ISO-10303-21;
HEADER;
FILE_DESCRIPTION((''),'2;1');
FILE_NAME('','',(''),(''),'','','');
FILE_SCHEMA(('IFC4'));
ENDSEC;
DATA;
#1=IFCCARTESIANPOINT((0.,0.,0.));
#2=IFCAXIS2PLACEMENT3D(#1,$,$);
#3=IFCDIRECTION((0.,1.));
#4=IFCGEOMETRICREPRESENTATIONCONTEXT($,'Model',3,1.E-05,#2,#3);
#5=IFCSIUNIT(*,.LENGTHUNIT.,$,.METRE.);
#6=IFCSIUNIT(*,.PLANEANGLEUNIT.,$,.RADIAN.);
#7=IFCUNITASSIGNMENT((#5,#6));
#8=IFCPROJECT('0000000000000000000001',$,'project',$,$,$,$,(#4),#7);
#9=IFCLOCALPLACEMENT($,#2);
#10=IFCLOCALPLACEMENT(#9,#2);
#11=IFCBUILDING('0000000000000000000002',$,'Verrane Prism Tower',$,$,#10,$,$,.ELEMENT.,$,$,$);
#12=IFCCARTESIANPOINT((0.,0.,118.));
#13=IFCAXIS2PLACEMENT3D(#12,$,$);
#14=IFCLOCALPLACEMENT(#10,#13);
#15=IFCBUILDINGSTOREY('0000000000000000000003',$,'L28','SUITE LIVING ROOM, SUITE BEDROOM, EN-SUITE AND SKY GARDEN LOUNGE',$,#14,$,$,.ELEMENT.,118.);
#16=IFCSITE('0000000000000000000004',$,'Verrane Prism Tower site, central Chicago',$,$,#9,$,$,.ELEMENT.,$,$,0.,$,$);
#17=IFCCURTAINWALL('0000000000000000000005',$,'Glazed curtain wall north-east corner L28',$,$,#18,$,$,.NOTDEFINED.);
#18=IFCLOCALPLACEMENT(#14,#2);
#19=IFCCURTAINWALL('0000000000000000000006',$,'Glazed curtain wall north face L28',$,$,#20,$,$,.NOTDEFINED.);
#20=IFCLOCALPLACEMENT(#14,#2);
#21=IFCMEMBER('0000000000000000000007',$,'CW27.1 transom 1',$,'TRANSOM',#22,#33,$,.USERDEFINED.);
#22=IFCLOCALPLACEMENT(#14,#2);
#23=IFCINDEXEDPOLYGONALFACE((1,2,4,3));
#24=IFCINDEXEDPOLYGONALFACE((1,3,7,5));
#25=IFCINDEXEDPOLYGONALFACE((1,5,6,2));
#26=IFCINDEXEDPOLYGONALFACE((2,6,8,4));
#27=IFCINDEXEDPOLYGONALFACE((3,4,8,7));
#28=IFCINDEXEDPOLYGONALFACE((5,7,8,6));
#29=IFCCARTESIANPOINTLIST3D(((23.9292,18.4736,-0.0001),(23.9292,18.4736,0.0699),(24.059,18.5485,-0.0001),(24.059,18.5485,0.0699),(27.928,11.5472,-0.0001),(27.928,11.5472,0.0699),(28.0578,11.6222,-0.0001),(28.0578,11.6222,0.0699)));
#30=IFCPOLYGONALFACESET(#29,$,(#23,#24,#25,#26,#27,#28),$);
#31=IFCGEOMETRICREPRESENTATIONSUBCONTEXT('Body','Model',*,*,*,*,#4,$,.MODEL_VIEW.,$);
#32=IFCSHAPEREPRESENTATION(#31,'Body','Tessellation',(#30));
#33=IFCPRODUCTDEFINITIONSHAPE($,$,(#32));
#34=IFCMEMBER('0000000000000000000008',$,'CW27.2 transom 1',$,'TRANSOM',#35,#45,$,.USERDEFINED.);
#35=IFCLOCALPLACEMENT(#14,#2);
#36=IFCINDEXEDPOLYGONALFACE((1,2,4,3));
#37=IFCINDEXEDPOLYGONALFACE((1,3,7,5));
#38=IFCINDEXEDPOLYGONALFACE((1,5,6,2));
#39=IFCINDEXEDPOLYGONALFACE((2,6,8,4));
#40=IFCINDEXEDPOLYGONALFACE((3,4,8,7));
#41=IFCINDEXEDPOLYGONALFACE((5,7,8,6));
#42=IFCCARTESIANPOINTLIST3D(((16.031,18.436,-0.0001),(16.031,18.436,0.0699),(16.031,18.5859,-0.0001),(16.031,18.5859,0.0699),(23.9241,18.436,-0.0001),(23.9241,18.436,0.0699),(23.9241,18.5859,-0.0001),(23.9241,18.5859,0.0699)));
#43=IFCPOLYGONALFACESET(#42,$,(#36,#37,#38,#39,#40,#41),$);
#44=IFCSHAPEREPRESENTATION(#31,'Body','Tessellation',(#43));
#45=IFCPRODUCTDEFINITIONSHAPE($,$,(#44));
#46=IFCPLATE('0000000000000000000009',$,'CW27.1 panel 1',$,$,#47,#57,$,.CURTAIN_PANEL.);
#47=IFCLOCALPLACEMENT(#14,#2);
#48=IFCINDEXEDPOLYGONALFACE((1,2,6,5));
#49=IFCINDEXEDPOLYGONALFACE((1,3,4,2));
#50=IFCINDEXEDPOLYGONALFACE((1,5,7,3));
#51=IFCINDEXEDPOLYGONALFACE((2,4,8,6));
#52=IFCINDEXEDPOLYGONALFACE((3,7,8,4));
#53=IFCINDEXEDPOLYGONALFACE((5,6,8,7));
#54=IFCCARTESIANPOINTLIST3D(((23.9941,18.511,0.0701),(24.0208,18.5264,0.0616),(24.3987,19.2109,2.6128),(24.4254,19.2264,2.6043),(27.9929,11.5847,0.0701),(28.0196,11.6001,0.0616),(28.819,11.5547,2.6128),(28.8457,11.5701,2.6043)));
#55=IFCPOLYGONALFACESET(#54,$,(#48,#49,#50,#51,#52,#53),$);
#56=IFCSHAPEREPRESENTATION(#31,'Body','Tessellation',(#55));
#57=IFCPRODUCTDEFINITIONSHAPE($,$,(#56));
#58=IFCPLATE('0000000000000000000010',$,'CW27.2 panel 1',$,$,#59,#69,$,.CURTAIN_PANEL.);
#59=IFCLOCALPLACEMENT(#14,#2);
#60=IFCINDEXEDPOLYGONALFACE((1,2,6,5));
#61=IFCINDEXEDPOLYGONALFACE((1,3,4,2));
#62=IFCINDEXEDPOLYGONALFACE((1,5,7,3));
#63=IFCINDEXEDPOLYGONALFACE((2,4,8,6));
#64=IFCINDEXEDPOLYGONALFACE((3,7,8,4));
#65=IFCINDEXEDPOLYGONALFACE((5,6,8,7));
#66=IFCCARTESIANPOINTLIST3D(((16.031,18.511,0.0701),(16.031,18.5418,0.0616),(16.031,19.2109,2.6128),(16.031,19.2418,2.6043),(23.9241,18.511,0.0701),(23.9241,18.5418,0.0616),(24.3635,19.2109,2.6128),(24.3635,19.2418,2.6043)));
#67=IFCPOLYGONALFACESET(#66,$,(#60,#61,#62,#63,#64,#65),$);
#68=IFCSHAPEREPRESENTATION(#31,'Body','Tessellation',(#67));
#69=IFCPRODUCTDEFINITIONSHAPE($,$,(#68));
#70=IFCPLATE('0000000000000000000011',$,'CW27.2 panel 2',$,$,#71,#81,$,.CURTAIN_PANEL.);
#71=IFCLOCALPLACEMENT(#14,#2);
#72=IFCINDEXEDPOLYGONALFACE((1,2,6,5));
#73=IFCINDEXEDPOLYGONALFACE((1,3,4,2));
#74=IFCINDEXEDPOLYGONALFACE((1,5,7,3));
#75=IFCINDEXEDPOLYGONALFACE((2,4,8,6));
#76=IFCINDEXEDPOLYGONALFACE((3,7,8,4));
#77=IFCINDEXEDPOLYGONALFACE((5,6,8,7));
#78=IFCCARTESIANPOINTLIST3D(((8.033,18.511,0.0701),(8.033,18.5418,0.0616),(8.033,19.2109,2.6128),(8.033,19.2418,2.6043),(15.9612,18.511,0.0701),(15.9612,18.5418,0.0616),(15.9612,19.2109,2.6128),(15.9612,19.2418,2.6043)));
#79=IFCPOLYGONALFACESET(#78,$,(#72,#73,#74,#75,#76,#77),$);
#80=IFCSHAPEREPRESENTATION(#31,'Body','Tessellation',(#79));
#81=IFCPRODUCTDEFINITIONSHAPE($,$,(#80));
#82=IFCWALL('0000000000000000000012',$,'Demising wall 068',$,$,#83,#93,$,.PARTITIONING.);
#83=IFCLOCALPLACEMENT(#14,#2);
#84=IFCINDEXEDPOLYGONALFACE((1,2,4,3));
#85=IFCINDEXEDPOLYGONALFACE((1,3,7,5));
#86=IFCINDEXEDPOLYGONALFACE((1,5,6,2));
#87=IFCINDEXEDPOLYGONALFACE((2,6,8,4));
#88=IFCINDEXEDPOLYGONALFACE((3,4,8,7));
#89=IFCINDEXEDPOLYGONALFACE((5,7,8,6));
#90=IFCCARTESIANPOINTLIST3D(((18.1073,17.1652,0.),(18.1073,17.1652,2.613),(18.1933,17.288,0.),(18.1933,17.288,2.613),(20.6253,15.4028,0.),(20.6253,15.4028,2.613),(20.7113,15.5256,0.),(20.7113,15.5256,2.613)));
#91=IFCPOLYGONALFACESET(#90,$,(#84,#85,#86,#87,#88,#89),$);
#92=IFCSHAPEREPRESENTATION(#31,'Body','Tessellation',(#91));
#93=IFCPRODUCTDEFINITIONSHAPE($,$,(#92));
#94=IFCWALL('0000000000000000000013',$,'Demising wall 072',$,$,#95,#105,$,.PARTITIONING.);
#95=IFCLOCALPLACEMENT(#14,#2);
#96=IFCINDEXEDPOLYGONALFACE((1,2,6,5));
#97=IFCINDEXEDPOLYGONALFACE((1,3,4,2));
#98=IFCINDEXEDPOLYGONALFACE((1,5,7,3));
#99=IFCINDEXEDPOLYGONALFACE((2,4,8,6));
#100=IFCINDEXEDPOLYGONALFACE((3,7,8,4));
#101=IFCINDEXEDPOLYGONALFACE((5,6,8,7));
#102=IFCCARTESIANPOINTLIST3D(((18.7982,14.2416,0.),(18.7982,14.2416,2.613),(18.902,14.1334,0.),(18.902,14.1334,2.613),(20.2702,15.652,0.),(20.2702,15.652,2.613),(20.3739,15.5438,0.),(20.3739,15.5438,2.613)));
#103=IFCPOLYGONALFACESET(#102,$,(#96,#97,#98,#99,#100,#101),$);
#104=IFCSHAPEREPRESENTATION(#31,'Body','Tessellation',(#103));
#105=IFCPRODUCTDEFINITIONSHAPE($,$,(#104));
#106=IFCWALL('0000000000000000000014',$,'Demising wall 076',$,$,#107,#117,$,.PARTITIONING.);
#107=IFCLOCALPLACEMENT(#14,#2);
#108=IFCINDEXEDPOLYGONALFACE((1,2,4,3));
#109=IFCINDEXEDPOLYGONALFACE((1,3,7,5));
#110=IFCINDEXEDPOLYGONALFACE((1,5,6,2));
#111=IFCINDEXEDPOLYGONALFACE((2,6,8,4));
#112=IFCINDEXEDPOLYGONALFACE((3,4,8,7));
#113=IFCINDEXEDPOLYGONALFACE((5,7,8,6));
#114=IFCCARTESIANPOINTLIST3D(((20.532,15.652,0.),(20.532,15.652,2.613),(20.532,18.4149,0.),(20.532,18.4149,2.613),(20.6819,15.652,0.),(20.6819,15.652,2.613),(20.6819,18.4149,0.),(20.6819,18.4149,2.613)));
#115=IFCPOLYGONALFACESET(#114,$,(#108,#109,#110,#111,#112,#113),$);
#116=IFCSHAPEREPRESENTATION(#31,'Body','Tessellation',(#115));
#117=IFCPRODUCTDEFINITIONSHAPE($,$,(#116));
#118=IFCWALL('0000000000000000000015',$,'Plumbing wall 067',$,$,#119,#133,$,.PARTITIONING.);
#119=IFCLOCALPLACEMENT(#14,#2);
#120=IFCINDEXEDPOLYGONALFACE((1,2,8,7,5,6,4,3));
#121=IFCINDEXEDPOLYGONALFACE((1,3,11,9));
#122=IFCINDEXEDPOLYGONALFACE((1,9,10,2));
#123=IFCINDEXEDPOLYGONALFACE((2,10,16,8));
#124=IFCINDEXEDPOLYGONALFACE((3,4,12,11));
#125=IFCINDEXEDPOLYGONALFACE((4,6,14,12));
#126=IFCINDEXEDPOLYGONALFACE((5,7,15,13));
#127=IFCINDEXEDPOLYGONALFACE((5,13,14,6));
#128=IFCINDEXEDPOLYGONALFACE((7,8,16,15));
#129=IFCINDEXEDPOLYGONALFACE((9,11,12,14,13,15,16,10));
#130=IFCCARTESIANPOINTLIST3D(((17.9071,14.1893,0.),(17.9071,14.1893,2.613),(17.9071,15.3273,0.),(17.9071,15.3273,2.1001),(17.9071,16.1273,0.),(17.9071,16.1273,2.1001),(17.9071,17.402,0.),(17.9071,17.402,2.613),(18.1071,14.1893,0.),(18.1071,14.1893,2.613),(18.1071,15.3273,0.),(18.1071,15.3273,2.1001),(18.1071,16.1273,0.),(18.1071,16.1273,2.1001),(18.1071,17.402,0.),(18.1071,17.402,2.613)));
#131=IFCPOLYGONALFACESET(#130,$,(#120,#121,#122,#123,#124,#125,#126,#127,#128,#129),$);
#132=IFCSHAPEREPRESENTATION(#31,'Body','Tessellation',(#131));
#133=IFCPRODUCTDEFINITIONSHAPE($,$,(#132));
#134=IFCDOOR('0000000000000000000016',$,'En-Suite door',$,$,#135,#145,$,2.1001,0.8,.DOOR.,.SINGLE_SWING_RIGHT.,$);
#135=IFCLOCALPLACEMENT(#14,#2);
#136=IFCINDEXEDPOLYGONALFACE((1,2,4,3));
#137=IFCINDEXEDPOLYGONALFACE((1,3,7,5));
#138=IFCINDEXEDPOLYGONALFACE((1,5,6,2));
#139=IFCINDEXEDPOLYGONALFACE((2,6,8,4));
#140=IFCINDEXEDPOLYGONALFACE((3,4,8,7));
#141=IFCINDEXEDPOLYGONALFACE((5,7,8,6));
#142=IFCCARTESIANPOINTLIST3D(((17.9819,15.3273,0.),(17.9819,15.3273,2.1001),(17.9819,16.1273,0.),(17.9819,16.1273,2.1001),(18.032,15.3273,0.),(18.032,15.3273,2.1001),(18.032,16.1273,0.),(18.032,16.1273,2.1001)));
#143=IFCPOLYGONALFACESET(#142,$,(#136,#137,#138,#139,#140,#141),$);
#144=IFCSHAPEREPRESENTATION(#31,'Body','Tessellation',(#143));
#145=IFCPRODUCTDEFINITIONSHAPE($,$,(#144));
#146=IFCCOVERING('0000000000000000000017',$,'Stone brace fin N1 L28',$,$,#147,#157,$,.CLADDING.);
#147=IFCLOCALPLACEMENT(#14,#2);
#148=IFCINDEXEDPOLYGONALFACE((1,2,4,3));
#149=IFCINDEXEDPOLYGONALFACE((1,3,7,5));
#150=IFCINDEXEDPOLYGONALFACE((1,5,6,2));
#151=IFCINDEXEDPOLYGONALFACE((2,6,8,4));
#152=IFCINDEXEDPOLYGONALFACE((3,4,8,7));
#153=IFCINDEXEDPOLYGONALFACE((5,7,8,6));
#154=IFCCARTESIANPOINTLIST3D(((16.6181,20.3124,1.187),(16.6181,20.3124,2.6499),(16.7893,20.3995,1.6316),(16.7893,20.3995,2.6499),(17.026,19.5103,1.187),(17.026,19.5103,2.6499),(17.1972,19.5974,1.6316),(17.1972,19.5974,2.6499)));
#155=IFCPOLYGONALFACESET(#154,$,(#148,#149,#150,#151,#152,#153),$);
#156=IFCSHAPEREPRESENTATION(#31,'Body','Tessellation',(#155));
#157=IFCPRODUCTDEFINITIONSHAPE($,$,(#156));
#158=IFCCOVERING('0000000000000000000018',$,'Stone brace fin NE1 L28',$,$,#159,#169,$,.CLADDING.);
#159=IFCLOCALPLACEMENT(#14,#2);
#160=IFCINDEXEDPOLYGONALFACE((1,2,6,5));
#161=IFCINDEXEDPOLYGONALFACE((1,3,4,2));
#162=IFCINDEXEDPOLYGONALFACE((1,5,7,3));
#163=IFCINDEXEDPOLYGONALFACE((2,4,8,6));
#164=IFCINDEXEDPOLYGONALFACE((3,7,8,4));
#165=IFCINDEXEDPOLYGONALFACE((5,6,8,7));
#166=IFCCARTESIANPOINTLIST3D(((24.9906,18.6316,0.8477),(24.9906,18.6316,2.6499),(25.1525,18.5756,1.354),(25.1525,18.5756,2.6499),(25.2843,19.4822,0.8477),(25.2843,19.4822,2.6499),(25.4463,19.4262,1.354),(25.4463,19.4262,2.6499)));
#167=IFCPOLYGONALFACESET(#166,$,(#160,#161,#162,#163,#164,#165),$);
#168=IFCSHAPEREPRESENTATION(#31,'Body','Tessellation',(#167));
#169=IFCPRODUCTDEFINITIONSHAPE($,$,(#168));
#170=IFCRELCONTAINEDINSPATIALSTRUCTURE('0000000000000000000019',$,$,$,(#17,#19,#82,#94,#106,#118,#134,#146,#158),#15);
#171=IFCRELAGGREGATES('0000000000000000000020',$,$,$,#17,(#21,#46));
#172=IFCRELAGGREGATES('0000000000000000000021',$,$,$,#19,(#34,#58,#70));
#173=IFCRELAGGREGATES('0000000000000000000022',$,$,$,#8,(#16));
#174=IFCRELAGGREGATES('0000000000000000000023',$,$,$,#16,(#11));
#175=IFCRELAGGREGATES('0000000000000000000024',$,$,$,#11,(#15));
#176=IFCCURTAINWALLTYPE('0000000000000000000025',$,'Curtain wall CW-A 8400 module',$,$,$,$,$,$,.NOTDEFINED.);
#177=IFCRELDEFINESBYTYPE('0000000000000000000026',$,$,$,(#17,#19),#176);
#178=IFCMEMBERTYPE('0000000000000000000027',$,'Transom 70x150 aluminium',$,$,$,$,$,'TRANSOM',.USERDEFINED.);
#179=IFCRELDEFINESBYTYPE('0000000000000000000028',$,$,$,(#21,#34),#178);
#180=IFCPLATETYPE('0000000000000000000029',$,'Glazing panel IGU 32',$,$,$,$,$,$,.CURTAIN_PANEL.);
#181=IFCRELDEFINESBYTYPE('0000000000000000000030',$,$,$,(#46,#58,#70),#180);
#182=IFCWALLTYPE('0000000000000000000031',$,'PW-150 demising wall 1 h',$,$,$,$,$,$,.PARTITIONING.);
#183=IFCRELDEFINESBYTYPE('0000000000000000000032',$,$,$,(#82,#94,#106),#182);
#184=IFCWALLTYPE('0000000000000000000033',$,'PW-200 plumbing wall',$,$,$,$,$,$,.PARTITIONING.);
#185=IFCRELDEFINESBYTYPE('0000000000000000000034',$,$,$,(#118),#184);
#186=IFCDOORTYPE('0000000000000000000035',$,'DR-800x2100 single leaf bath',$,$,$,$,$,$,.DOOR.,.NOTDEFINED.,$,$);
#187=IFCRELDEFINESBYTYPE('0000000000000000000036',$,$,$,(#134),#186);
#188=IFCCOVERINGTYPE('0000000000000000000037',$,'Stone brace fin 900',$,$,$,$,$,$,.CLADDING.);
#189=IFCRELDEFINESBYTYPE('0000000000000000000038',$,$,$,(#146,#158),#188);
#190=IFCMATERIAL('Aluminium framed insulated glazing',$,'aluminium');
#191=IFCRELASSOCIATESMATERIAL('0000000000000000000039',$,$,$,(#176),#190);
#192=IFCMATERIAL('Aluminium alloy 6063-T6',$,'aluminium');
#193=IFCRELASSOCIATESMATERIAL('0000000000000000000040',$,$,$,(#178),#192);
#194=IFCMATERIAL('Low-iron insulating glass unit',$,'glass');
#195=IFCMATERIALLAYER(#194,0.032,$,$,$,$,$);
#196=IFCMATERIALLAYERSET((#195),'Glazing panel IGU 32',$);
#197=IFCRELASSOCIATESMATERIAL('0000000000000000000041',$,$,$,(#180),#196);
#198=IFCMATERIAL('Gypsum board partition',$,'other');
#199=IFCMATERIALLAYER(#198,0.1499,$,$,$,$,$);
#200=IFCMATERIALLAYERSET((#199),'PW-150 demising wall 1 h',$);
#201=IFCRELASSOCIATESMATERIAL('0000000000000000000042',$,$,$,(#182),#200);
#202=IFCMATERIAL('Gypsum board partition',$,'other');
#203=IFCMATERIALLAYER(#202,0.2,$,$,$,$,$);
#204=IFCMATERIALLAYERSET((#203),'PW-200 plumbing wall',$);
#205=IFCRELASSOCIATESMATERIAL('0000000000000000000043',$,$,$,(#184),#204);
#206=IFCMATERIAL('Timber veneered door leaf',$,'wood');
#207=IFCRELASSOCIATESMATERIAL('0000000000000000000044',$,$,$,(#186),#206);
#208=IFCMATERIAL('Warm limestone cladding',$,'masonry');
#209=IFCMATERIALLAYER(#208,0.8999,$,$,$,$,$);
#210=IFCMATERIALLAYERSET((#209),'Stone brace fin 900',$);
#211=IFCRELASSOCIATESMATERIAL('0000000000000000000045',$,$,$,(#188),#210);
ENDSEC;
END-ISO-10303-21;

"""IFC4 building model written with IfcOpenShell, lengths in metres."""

from ifc_helpers import new_model, si_unit, direction, frame, frame_2d, origin, origin_2d, place, context, subcontext, project, spatial, polyline, rectangle, outline, extrude, material, layer, layer_set, material_profile, profile_set, type_object, element, fill, aggregate, save


model = new_model("IFC4")

# Units and contexts
model_context = context("Model", 3, precision=1e-05, world=origin(), true_north=direction((0.0, 1.0)))
body_context = subcontext(model_context, "Body", "Model", "MODEL_VIEW")
ifc_project = project(units=[si_unit("LENGTHUNIT", "METRE"), si_unit("PLANEANGLEUNIT", "RADIAN")], contexts=[model_context])

# Site, building, storey
site_placement = place(None, origin())
site = spatial("IfcSite", under=ifc_project, at=site_placement, Name="Verrane Prism Tower site, central Chicago", CompositionType="ELEMENT", RefElevation=0.0)
building_placement = place(site_placement, origin())
building = spatial("IfcBuilding", under=site, at=building_placement, Name="Verrane Prism Tower", CompositionType="ELEMENT")
storey_placement = place(building_placement, frame((0.0, 0.0, 118.0)))
storey = spatial("IfcBuildingStorey", under=building, at=storey_placement, Name="L28", Description="SUITE LIVING ROOM, SUITE BEDROOM, EN-SUITE AND SKY GARDEN LOUNGE", CompositionType="ELEMENT", Elevation=118.0)

# Curtain wall
ifc_material_1 = material(Name="Aluminium framed insulated glazing", Category="aluminium")
curtain_wall_type = type_object("IfcCurtainWallType", Name="Curtain wall CW-A 8400 module", PredefinedType="NOTDEFINED", material=ifc_material_1)
curtain_wall_1_placement = place(storey_placement, origin())
curtain_wall_1 = element("IfcCurtainWall", 1, at=curtain_wall_1_placement, inside=storey, type_object=curtain_wall_type, Name="Glazed curtain wall north-east corner L28", PredefinedType="NOTDEFINED")

# Curtain wall
curtain_wall_2_placement = place(storey_placement, origin())
curtain_wall_2 = element("IfcCurtainWall", 2, at=curtain_wall_2_placement, inside=storey, type_object=curtain_wall_type, Name="Glazed curtain wall north face L28", PredefinedType="NOTDEFINED")

# Members
ifc_material_2 = material(Name="Aluminium alloy 6063-T6", Category="aluminium")
ifc_material_profile_1 = material_profile(ifc_material_2, rectangle(XDim=0.1499, YDim=0.0701, at=origin_2d()), Name="Transom 70x150 aluminium")
ifc_profile_set_1 = profile_set([ifc_material_profile_1], Name="Aluminium alloy 6063-T6")
member_type_1 = type_object("IfcMemberType", Name="Transom 70x150 aluminium", ElementType="TRANSOM", PredefinedType="USERDEFINED", material=ifc_profile_set_1)
member_1_placement = place(storey_placement, frame((27.9929, 11.5847, 0.0349), z_axis=(-0.49999, 0.866031, 0.0), x_axis=(-0.866031, -0.49999, 0.0)))
member_1 = element("IfcMember", 3, at=member_1_placement, type_object=member_type_1, Name="CW27.1 transom 1", ObjectType="TRANSOM", PredefinedType="USERDEFINED", context=body_context, shape_type="SweptSolid", body=[
    extrude(rectangle(XDim=0.1499, YDim=0.0701, at=origin_2d()), origin(), (0.0, 0.0, 1.0), 7.9978),
])
member_2_placement = place(storey_placement, frame((23.9241, 18.511, 0.0349), z_axis=(-1.0, 0.0, 0.0), x_axis=(0.0, -1.0, 0.0)))
member_2 = element("IfcMember", 4, at=member_2_placement, type_object=member_type_1, Name="CW27.2 transom 1", ObjectType="TRANSOM", PredefinedType="USERDEFINED", context=body_context, shape_type="SweptSolid", body=[
    extrude(rectangle(XDim=0.1499, YDim=0.0701, at=origin_2d()), origin(), (0.0, 0.0, 1.0), 7.8931),
])

# Plates
ifc_material_3 = material(Name="Low-iron insulating glass unit", Category="glass")
ifc_layer_1 = layer(ifc_material_3, 0.032)
ifc_layer_set_1 = layer_set([ifc_layer_1], Name="Glazing panel IGU 32")
plate_type = type_object("IfcPlateType", Name="Glazing panel IGU 32", PredefinedType="CURTAIN_PANEL", material=ifc_layer_set_1)
plate_1_placement = place(storey_placement, frame((27.9929, 11.5847, 0.0701), z_axis=(-0.834931, -0.482046, 0.26556), x_axis=(-0.499998, 0.866027, 0.000002)))
plate_1 = element("IfcPlate", 5, at=plate_1_placement, type_object=plate_type, Name="CW27.1 panel 1", PredefinedType="CURTAIN_PANEL", context=body_context, shape_type="SweptSolid", body=[
    extrude(outline(polyline([(0.0, 0.0), (7.9977, 0.0), (8.4016, -2.6374), (-0.4391, -2.6374), (0.0, 0.0)])), origin(), (0.0, 0.0, -1.0), 0.032),
])
aggregate(curtain_wall_1, [member_1, plate_1])
plate_2_placement = place(storey_placement, frame((23.9241, 18.511, 0.0701), z_axis=(0.0, -0.964137, 0.265404), x_axis=(-1.0, 0.0, 0.0)))
plate_2 = element("IfcPlate", 6, at=plate_2_placement, type_object=plate_type, Name="CW27.2 panel 1", PredefinedType="CURTAIN_PANEL", context=body_context, shape_type="SweptSolid", body=[
    extrude(outline(polyline([(0.0, 0.0), (7.8931, 0.0), (7.8931, -2.6373), (-0.4395, -2.6373), (0.0, 0.0)])), origin(), (0.0, 0.0, -1.0), 0.032),
])
plate_3_placement = place(storey_placement, frame((15.9612, 18.511, 0.0701), z_axis=(0.0, -0.964137, 0.265404), x_axis=(-1.0, 0.0, 0.0)))
plate_3 = element("IfcPlate", 7, at=plate_3_placement, type_object=plate_type, Name="CW27.2 panel 2", PredefinedType="CURTAIN_PANEL", context=body_context, shape_type="SweptSolid", body=[
    extrude(outline(polyline([(0.0, 0.0), (7.9282, 0.0), (7.9282, -2.6373), (0.0, -2.6373), (0.0, 0.0)])), origin(), (0.0, 0.0, -1.0), 0.032),
])
aggregate(curtain_wall_2, [member_2, plate_2, plate_3])

# Walls
ifc_material_4 = material(Name="Gypsum board partition", Category="other")
ifc_layer_2 = layer(ifc_material_4, 0.1499)
ifc_layer_set_2 = layer_set([ifc_layer_2], Name="PW-150 demising wall 1 h")
wall_type_1 = type_object("IfcWallType", Name="PW-150 demising wall 1 h", PredefinedType="PARTITIONING", material=ifc_layer_set_2)
wall_1_placement = place(storey_placement, frame((18.1504, 17.2266, 0.0), z_axis=(0.0, 0.0, 1.0), x_axis=(0.819262, -0.57342, 0.0)))
element("IfcWall", 8, at=wall_1_placement, inside=storey, type_object=wall_type_1, Name="Demising wall 068", PredefinedType="PARTITIONING", context=body_context, shape_type="SweptSolid", body=[
    extrude(rectangle(XDim=3.0735, YDim=0.1499, at=frame_2d((1.5366, 0.0))), origin(), (0.0, 0.0, 1.0), 2.613),
])
wall_2_placement = place(storey_placement, frame((18.8501, 14.1875, 0.0), z_axis=(0.0, 0.0, 1.0), x_axis=(0.722036, 0.691856, 0.0)))
element("IfcWall", 9, at=wall_2_placement, inside=storey, type_object=wall_type_1, Name="Demising wall 072", PredefinedType="PARTITIONING", context=body_context, shape_type="SweptSolid", body=[
    extrude(rectangle(XDim=2.0386, YDim=0.1499, at=frame_2d((1.0193, 0.0))), origin(), (0.0, 0.0, 1.0), 2.613),
])
wall_3_placement = place(storey_placement, frame((20.6069, 15.6521, 0.0), z_axis=(0.0, 0.0, 1.0), x_axis=(0.0, 1.0, 0.0)))
element("IfcWall", 10, at=wall_3_placement, inside=storey, type_object=wall_type_1, Name="Demising wall 076", PredefinedType="PARTITIONING", context=body_context, shape_type="SweptSolid", body=[
    extrude(rectangle(XDim=2.7629, YDim=0.1499, at=frame_2d((1.3813, 0.0))), origin(), (0.0, 0.0, 1.0), 2.613),
])

# Wall, opening, door
ifc_material_5 = material(Name="Gypsum board partition", Category="other")
ifc_layer_3 = layer(ifc_material_5, 0.2)
ifc_layer_set_3 = layer_set([ifc_layer_3], Name="PW-200 plumbing wall")
wall_type_2 = type_object("IfcWallType", Name="PW-200 plumbing wall", PredefinedType="PARTITIONING", material=ifc_layer_set_3)
wall_4_placement = place(storey_placement, frame((18.0071, 17.4021, 0.0), z_axis=(0.0, 0.0, 1.0), x_axis=(0.0, -1.0, 0.0)))
wall_4 = element("IfcWall", 11, at=wall_4_placement, inside=storey, type_object=wall_type_2, Name="Plumbing wall 067", PredefinedType="PARTITIONING", context=body_context, shape_type="SweptSolid", body=[
    extrude(rectangle(XDim=3.2126, YDim=0.2, at=frame_2d((1.6064, 0.0))), origin(), (0.0, 0.0, 1.0), 2.613),
])
opening_placement = place(wall_4_placement, frame((1.2749, 0.0, 0.0)))
opening = element("IfcOpeningElement", 12, at=opening_placement, cuts=wall_4, PredefinedType="OPENING", context=body_context, shape_type="SweptSolid", body=[
    extrude(rectangle(XDim=0.8, YDim=2.1001, at=frame_2d((0.3999, 1.05))), frame((0.0, 0.1099, 0.0), z_axis=(0.0, -1.0, 0.0), x_axis=(1.0, 0.0, 0.0)), (0.0, 0.0, 1.0), 0.22),
])
ifc_material_6 = material(Name="Timber veneered door leaf", Category="wood")
door_type = type_object("IfcDoorType", Name="DR-800x2100 single leaf bath", OperationType="NOTDEFINED", PredefinedType="DOOR", material=ifc_material_6)
door_placement = place(opening_placement, origin())
door = element("IfcDoor", 13, at=door_placement, inside=storey, type_object=door_type, Name="En-Suite door", OperationType="SINGLE_SWING_RIGHT", OverallHeight=2.1001, OverallWidth=0.8, PredefinedType="DOOR", context=body_context, shape_type="SweptSolid", body=[
    extrude(rectangle(XDim=0.8, YDim=2.1001, at=frame_2d((0.3999, 1.05))), frame((0.0, 0.0249, 0.0), z_axis=(0.0, -1.0, 0.0), x_axis=(1.0, 0.0, 0.0)), (0.0, 0.0, 1.0), 0.05),
])
fill(opening, door)

# Coverings
ifc_material_7 = material(Name="Warm limestone cladding", Category="masonry")
ifc_layer_4 = layer(ifc_material_7, 0.8999)
ifc_layer_set_4 = layer_set([ifc_layer_4], Name="Stone brace fin 900")
covering_type = type_object("IfcCoveringType", Name="Stone brace fin 900", PredefinedType="CLADDING", material=ifc_layer_set_4)
covering_1_placement = place(storey_placement, frame((16.822, 19.9114, 1.187), z_axis=(0.0, 0.0, 1.0), x_axis=(0.891359, 0.453298, 0.0)))
element("IfcCovering", 14, at=covering_1_placement, inside=storey, type_object=covering_type, Name="Stone brace fin N1 L28", PredefinedType="CLADDING", context=body_context, shape_type="SweptSolid", body=[
    extrude(outline(polyline([(0.1921, 1.4629), (0.0, 1.4629), (0.0, 0.0), (0.1921, 0.4446), (0.1921, 1.4629)])), frame((0.0, 0.45, 0.0), z_axis=(0.0, -1.0, 0.0), x_axis=(1.0, 0.0, 0.0)), (0.0, 0.0, 1.0), 0.8999),
])
covering_2_placement = place(storey_placement, frame((25.1375, 19.0569, 0.8477), z_axis=(0.0, 0.0, 1.0), x_axis=(0.945206, -0.326474, 0.0)))
element("IfcCovering", 15, at=covering_2_placement, inside=storey, type_object=covering_type, Name="Stone brace fin NE1 L28", PredefinedType="CLADDING", context=body_context, shape_type="SweptSolid", body=[
    extrude(outline(polyline([(0.1714, 1.8022), (0.0, 1.8022), (0.0, 0.0), (0.1714, 0.5063), (0.1714, 1.8022)])), frame((0.0, 0.45, 0.0), z_axis=(0.0, -1.0, 0.0), x_axis=(1.0, 0.0, 0.0)), (0.0, 0.0, 1.0), 0.8999),
])

save(model, "model.ifc")
